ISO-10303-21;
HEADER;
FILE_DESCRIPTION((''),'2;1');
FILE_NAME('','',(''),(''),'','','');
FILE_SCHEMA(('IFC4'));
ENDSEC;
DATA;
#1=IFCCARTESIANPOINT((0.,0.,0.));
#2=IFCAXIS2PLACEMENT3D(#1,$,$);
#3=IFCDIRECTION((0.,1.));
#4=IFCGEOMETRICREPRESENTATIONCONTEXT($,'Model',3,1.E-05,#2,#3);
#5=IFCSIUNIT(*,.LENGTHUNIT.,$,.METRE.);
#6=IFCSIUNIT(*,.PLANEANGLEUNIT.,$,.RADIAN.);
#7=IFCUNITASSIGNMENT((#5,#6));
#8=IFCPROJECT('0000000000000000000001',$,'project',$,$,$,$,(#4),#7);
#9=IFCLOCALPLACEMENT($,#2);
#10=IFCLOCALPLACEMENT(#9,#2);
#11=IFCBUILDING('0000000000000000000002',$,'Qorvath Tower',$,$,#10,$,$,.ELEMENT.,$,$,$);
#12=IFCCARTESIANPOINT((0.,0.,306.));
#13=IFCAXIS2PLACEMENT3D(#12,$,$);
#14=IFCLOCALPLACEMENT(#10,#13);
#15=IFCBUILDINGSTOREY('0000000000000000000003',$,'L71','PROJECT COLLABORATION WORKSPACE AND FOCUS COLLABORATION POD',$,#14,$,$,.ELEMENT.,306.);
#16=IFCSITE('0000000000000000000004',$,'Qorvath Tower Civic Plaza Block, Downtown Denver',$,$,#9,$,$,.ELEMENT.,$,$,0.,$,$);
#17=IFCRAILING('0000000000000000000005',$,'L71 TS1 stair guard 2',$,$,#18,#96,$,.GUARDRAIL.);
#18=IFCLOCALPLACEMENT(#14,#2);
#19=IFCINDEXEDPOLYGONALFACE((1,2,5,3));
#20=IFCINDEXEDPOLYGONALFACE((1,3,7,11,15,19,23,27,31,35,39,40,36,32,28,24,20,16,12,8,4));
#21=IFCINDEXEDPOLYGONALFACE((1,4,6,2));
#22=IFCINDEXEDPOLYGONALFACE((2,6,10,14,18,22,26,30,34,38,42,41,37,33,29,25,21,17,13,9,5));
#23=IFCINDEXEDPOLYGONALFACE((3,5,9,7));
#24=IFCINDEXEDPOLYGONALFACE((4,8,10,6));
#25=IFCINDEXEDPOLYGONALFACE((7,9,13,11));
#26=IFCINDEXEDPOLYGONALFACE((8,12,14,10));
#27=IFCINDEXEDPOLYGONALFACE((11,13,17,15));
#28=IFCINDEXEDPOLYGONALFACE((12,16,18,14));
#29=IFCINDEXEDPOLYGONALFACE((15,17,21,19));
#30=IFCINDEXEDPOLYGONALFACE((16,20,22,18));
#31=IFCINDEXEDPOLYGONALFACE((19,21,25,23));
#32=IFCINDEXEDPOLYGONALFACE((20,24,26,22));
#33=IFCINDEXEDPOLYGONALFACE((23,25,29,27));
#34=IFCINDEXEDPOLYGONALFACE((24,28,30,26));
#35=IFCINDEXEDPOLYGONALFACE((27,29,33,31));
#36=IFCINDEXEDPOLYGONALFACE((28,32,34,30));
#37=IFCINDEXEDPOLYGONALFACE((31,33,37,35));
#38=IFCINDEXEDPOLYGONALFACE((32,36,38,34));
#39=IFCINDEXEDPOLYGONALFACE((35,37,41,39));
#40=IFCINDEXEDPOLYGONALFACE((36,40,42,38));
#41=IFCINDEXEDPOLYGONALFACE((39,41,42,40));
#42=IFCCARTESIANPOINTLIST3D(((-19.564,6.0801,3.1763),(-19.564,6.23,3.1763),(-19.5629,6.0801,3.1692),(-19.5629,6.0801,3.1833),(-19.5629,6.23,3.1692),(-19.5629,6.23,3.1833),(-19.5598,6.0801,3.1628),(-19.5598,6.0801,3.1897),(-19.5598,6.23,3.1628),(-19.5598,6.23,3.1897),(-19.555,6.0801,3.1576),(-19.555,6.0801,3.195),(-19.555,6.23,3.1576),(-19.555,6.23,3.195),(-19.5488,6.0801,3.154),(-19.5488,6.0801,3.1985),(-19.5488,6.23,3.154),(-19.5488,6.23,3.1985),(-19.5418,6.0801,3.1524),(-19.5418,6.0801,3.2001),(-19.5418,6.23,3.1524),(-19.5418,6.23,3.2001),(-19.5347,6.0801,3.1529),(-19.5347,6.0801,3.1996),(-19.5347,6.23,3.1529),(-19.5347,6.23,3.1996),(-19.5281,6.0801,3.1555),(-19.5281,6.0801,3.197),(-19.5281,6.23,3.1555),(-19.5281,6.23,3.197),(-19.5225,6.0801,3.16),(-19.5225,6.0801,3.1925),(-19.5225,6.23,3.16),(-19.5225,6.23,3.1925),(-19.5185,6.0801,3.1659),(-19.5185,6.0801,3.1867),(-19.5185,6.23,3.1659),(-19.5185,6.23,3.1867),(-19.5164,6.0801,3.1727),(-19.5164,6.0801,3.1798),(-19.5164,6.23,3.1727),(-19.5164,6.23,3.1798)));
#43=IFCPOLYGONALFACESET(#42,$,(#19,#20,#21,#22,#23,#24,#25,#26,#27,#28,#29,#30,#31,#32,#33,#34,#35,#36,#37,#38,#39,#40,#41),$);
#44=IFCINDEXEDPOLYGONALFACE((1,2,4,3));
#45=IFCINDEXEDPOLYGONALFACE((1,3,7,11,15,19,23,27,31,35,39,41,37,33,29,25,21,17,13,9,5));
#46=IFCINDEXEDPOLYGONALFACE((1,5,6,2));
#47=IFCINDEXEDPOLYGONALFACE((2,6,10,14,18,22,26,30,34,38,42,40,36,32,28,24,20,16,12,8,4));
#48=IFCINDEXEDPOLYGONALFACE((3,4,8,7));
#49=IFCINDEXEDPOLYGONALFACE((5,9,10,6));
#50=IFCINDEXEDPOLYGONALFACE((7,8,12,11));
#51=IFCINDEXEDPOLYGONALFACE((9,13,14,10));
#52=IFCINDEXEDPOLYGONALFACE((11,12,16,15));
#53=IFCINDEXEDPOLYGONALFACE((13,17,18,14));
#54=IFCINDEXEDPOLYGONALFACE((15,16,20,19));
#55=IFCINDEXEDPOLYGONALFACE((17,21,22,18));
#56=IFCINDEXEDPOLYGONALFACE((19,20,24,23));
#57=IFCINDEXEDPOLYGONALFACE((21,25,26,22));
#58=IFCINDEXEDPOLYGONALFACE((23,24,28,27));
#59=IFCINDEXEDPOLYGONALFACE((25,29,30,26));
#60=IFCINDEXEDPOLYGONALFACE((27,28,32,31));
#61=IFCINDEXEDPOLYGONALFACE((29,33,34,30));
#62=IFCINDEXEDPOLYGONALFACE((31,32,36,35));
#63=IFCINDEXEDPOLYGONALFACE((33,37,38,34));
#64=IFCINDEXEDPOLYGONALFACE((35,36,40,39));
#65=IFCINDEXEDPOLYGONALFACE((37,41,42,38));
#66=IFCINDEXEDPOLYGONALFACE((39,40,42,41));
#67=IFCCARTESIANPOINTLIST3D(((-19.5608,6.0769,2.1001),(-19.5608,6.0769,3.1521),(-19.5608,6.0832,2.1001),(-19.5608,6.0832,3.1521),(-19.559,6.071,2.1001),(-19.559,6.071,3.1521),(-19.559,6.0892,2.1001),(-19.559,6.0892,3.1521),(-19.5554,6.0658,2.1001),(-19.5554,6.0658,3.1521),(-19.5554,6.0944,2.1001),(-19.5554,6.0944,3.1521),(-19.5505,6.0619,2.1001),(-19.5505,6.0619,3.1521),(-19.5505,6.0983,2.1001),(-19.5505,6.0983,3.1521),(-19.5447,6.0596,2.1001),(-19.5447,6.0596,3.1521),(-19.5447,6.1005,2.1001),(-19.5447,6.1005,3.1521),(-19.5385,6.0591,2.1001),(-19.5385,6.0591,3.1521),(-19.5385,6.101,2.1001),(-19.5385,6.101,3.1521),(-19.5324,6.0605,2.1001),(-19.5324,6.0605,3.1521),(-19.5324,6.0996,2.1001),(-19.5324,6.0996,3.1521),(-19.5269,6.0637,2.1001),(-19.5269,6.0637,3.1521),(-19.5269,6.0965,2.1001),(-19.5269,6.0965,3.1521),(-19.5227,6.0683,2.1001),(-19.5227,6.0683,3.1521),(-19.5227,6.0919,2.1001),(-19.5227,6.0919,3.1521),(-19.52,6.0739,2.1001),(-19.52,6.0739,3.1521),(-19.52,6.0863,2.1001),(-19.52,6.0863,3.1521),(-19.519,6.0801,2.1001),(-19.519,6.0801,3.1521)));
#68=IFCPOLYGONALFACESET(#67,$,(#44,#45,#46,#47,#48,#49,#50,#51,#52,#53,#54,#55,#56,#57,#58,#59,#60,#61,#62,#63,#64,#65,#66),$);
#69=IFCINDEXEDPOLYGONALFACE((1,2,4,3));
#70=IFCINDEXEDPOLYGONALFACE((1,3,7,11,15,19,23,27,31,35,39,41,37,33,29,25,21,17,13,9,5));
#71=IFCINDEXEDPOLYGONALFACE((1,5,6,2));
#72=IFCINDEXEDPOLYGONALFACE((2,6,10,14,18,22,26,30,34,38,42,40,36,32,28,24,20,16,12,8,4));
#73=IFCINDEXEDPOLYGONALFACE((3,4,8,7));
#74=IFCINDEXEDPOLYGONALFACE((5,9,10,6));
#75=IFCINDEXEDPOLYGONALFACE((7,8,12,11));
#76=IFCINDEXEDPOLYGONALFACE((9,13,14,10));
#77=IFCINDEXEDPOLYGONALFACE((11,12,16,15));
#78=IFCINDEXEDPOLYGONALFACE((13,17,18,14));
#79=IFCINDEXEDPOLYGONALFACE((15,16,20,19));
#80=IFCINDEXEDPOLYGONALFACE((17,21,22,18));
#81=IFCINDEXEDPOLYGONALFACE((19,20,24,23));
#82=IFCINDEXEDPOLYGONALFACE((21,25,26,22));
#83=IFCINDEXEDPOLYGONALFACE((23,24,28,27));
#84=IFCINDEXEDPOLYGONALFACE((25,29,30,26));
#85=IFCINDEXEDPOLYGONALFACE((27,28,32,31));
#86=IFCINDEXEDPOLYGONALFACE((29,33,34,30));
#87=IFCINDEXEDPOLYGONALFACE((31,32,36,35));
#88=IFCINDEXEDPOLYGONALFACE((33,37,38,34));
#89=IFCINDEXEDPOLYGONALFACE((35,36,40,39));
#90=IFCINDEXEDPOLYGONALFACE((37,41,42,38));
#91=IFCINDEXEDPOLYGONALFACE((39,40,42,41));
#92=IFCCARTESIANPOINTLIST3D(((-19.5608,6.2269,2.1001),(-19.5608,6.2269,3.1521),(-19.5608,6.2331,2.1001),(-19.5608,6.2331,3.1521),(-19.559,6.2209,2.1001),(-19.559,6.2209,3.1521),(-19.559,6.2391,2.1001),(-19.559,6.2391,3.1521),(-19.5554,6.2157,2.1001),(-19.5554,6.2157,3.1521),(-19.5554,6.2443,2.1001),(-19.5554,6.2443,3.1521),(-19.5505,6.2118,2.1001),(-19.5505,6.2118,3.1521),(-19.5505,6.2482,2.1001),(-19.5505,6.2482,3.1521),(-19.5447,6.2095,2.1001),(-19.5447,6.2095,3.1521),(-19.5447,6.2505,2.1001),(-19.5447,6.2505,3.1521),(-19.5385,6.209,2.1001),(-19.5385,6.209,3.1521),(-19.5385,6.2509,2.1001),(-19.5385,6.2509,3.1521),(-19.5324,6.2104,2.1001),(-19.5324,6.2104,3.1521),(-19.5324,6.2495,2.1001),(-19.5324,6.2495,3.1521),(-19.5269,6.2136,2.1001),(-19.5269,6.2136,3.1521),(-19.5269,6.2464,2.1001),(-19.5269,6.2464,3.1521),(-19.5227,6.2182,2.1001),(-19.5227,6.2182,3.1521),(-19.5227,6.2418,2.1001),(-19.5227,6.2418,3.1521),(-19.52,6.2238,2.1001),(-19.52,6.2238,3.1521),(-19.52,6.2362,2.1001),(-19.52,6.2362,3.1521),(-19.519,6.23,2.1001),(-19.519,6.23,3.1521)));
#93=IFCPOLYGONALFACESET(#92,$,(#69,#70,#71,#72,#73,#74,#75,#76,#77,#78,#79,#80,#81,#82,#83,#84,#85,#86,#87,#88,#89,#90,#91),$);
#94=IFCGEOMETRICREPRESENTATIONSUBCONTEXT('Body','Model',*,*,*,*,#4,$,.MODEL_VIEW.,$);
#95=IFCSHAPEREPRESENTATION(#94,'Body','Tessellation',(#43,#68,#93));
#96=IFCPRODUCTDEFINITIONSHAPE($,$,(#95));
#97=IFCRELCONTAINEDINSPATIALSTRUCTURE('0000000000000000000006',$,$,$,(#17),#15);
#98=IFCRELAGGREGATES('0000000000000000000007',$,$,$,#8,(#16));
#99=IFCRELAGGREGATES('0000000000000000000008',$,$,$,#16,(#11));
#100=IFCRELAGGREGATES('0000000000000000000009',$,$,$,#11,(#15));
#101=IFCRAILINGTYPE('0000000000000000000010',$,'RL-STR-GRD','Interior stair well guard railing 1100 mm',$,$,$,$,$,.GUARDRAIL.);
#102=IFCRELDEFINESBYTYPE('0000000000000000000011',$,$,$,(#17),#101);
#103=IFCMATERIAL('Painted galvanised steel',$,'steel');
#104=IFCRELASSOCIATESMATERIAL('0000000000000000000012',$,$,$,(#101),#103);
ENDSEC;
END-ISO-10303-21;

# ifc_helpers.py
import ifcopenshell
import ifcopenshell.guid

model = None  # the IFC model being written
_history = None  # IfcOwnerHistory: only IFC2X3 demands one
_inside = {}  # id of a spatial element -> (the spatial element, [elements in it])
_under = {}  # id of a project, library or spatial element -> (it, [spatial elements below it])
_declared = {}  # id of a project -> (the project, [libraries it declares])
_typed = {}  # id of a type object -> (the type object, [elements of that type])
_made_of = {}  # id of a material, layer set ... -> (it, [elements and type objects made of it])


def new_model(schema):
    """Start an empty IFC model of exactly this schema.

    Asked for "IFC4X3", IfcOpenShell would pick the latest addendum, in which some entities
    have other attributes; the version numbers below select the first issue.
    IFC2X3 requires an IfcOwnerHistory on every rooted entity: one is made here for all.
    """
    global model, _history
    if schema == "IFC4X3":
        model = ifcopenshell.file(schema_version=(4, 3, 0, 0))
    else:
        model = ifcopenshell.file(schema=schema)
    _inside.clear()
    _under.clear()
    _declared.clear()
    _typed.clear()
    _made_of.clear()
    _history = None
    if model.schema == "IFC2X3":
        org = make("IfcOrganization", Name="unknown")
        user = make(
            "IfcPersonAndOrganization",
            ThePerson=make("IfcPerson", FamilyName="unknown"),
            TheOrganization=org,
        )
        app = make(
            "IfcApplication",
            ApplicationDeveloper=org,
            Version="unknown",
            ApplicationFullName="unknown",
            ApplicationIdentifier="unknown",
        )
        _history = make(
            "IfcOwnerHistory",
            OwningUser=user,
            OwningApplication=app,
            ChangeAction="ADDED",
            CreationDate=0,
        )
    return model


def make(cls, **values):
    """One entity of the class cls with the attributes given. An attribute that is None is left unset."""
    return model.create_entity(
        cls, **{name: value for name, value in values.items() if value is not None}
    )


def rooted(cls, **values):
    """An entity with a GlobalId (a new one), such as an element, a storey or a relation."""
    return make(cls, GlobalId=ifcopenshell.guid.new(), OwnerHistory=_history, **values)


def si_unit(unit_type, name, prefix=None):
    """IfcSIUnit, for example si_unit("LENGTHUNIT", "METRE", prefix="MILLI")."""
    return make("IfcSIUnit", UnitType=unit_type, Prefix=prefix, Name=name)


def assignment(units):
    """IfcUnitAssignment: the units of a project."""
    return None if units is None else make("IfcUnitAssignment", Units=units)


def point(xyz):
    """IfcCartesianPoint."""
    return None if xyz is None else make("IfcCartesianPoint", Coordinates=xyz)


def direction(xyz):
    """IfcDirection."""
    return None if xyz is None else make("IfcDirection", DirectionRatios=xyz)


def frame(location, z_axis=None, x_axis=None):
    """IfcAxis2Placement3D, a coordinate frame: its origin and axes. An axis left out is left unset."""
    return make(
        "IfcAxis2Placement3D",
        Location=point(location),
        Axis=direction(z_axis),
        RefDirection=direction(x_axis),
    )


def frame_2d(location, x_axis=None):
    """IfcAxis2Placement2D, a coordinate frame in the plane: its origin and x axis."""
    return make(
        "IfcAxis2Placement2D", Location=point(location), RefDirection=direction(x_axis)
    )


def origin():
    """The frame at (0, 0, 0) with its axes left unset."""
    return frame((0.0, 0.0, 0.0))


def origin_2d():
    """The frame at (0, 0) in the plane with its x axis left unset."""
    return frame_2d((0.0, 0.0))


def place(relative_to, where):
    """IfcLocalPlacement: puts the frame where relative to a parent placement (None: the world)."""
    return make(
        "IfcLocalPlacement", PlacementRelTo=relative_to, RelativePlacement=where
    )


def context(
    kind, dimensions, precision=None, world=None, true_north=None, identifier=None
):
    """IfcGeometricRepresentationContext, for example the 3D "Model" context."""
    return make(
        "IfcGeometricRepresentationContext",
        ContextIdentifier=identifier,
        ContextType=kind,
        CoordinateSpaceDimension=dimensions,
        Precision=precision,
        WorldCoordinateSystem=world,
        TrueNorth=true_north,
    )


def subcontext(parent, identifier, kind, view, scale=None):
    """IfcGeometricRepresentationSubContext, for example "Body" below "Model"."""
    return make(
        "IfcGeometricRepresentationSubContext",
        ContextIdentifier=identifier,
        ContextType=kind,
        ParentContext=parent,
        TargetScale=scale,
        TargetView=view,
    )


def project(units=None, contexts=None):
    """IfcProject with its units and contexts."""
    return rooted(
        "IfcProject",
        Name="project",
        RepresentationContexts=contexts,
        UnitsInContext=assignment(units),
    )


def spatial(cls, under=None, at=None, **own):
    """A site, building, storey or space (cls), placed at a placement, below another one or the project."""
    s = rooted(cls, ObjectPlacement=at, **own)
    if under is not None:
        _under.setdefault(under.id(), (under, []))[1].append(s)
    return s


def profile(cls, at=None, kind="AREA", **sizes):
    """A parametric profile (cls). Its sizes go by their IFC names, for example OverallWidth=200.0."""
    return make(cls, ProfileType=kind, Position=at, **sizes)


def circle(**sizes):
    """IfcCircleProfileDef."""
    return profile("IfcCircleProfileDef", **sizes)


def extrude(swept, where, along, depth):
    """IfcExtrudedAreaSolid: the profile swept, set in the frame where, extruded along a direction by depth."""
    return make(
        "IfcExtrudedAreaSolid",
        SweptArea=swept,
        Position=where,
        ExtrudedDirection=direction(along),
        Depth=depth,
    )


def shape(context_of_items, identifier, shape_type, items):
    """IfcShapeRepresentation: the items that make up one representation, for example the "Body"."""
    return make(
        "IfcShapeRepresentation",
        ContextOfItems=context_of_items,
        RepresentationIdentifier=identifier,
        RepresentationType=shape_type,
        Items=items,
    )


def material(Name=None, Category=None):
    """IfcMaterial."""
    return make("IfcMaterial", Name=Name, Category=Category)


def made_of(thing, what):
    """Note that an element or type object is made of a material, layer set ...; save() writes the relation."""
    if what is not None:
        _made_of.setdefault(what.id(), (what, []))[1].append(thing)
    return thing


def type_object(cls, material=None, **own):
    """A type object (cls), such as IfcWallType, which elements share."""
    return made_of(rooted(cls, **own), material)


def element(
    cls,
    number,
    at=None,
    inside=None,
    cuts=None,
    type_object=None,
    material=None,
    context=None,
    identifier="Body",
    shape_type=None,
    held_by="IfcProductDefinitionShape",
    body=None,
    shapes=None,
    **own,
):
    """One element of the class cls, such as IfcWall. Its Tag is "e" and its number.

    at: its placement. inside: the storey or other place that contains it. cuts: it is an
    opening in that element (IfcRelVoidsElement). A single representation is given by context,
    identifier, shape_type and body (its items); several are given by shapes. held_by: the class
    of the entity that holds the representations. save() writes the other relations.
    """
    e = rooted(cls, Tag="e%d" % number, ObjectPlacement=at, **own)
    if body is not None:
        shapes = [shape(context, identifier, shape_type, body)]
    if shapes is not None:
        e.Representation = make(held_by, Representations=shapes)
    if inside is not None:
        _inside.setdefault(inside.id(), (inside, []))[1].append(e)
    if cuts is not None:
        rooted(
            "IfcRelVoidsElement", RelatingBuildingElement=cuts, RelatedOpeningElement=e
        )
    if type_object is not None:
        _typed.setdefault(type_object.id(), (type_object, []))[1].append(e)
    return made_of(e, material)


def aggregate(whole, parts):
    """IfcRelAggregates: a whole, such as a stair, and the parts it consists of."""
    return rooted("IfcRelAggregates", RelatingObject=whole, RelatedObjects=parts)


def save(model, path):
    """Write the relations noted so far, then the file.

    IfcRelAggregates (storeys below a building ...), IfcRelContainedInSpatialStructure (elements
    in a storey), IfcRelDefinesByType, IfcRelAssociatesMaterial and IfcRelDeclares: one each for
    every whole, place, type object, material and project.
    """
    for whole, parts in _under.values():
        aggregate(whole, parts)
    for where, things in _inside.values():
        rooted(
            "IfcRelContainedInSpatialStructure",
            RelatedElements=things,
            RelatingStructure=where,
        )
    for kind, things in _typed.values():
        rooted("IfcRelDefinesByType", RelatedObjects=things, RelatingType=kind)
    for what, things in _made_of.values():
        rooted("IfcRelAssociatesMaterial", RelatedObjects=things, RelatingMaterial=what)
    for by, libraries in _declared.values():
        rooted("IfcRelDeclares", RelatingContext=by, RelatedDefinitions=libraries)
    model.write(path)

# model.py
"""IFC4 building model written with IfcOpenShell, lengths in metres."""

from ifc_helpers import new_model, si_unit, direction, frame, origin, origin_2d, place, context, subcontext, project, spatial, circle, extrude, material, type_object, element, save


model = new_model("IFC4")

# Units and contexts
model_context = context("Model", 3, precision=1e-05, world=origin(), true_north=direction((0.0, 1.0)))
body_context = subcontext(model_context, "Body", "Model", "MODEL_VIEW")
ifc_project = project(units=[si_unit("LENGTHUNIT", "METRE"), si_unit("PLANEANGLEUNIT", "RADIAN")], contexts=[model_context])

# Site, building, storey
site_placement = place(None, origin())
site = spatial("IfcSite", under=ifc_project, at=site_placement, Name="Qorvath Tower Civic Plaza Block, Downtown Denver", CompositionType="ELEMENT", RefElevation=0.0)
building_placement = place(site_placement, origin())
building = spatial("IfcBuilding", under=site, at=building_placement, Name="Qorvath Tower", CompositionType="ELEMENT")
storey_placement = place(building_placement, frame((0.0, 0.0, 306.0)))
storey = spatial("IfcBuildingStorey", under=building, at=storey_placement, Name="L71", Description="PROJECT COLLABORATION WORKSPACE AND FOCUS COLLABORATION POD", CompositionType="ELEMENT", Elevation=306.0)

# Railing
ifc_material_1 = material(Name="Painted galvanised steel", Category="steel")
railing_type_1 = type_object("IfcRailingType", Name="RL-STR-GRD", Description="Interior stair well guard railing 1100 mm", PredefinedType="GUARDRAIL", material=ifc_material_1)
railing_1_placement = place(storey_placement, frame((-19.54, 6.0801, 2.1001)))
element("IfcRailing", 1, at=railing_1_placement, inside=storey, type_object=railing_type_1, Name="L71 TS1 stair guard 2", PredefinedType="GUARDRAIL", context=body_context, shape_type="SweptSolid", body=[
    extrude(circle(Radius=0.0239, at=origin_2d()), frame((0.0, 0.0, 1.0762), z_axis=(0.0, 1.0, 0.0), x_axis=(-1.0, 0.0, 0.0)), (0.0, 0.0, 1.0), 0.1499),
    extrude(circle(Radius=0.021, at=origin_2d()), origin(), (0.0, 0.0, 1.0), 1.052),
    extrude(circle(Radius=0.021, at=origin_2d()), frame((0.0, 0.1499, 0.0)), (0.0, 0.0, 1.0), 1.052),
])

save(model, "model.ifc")
